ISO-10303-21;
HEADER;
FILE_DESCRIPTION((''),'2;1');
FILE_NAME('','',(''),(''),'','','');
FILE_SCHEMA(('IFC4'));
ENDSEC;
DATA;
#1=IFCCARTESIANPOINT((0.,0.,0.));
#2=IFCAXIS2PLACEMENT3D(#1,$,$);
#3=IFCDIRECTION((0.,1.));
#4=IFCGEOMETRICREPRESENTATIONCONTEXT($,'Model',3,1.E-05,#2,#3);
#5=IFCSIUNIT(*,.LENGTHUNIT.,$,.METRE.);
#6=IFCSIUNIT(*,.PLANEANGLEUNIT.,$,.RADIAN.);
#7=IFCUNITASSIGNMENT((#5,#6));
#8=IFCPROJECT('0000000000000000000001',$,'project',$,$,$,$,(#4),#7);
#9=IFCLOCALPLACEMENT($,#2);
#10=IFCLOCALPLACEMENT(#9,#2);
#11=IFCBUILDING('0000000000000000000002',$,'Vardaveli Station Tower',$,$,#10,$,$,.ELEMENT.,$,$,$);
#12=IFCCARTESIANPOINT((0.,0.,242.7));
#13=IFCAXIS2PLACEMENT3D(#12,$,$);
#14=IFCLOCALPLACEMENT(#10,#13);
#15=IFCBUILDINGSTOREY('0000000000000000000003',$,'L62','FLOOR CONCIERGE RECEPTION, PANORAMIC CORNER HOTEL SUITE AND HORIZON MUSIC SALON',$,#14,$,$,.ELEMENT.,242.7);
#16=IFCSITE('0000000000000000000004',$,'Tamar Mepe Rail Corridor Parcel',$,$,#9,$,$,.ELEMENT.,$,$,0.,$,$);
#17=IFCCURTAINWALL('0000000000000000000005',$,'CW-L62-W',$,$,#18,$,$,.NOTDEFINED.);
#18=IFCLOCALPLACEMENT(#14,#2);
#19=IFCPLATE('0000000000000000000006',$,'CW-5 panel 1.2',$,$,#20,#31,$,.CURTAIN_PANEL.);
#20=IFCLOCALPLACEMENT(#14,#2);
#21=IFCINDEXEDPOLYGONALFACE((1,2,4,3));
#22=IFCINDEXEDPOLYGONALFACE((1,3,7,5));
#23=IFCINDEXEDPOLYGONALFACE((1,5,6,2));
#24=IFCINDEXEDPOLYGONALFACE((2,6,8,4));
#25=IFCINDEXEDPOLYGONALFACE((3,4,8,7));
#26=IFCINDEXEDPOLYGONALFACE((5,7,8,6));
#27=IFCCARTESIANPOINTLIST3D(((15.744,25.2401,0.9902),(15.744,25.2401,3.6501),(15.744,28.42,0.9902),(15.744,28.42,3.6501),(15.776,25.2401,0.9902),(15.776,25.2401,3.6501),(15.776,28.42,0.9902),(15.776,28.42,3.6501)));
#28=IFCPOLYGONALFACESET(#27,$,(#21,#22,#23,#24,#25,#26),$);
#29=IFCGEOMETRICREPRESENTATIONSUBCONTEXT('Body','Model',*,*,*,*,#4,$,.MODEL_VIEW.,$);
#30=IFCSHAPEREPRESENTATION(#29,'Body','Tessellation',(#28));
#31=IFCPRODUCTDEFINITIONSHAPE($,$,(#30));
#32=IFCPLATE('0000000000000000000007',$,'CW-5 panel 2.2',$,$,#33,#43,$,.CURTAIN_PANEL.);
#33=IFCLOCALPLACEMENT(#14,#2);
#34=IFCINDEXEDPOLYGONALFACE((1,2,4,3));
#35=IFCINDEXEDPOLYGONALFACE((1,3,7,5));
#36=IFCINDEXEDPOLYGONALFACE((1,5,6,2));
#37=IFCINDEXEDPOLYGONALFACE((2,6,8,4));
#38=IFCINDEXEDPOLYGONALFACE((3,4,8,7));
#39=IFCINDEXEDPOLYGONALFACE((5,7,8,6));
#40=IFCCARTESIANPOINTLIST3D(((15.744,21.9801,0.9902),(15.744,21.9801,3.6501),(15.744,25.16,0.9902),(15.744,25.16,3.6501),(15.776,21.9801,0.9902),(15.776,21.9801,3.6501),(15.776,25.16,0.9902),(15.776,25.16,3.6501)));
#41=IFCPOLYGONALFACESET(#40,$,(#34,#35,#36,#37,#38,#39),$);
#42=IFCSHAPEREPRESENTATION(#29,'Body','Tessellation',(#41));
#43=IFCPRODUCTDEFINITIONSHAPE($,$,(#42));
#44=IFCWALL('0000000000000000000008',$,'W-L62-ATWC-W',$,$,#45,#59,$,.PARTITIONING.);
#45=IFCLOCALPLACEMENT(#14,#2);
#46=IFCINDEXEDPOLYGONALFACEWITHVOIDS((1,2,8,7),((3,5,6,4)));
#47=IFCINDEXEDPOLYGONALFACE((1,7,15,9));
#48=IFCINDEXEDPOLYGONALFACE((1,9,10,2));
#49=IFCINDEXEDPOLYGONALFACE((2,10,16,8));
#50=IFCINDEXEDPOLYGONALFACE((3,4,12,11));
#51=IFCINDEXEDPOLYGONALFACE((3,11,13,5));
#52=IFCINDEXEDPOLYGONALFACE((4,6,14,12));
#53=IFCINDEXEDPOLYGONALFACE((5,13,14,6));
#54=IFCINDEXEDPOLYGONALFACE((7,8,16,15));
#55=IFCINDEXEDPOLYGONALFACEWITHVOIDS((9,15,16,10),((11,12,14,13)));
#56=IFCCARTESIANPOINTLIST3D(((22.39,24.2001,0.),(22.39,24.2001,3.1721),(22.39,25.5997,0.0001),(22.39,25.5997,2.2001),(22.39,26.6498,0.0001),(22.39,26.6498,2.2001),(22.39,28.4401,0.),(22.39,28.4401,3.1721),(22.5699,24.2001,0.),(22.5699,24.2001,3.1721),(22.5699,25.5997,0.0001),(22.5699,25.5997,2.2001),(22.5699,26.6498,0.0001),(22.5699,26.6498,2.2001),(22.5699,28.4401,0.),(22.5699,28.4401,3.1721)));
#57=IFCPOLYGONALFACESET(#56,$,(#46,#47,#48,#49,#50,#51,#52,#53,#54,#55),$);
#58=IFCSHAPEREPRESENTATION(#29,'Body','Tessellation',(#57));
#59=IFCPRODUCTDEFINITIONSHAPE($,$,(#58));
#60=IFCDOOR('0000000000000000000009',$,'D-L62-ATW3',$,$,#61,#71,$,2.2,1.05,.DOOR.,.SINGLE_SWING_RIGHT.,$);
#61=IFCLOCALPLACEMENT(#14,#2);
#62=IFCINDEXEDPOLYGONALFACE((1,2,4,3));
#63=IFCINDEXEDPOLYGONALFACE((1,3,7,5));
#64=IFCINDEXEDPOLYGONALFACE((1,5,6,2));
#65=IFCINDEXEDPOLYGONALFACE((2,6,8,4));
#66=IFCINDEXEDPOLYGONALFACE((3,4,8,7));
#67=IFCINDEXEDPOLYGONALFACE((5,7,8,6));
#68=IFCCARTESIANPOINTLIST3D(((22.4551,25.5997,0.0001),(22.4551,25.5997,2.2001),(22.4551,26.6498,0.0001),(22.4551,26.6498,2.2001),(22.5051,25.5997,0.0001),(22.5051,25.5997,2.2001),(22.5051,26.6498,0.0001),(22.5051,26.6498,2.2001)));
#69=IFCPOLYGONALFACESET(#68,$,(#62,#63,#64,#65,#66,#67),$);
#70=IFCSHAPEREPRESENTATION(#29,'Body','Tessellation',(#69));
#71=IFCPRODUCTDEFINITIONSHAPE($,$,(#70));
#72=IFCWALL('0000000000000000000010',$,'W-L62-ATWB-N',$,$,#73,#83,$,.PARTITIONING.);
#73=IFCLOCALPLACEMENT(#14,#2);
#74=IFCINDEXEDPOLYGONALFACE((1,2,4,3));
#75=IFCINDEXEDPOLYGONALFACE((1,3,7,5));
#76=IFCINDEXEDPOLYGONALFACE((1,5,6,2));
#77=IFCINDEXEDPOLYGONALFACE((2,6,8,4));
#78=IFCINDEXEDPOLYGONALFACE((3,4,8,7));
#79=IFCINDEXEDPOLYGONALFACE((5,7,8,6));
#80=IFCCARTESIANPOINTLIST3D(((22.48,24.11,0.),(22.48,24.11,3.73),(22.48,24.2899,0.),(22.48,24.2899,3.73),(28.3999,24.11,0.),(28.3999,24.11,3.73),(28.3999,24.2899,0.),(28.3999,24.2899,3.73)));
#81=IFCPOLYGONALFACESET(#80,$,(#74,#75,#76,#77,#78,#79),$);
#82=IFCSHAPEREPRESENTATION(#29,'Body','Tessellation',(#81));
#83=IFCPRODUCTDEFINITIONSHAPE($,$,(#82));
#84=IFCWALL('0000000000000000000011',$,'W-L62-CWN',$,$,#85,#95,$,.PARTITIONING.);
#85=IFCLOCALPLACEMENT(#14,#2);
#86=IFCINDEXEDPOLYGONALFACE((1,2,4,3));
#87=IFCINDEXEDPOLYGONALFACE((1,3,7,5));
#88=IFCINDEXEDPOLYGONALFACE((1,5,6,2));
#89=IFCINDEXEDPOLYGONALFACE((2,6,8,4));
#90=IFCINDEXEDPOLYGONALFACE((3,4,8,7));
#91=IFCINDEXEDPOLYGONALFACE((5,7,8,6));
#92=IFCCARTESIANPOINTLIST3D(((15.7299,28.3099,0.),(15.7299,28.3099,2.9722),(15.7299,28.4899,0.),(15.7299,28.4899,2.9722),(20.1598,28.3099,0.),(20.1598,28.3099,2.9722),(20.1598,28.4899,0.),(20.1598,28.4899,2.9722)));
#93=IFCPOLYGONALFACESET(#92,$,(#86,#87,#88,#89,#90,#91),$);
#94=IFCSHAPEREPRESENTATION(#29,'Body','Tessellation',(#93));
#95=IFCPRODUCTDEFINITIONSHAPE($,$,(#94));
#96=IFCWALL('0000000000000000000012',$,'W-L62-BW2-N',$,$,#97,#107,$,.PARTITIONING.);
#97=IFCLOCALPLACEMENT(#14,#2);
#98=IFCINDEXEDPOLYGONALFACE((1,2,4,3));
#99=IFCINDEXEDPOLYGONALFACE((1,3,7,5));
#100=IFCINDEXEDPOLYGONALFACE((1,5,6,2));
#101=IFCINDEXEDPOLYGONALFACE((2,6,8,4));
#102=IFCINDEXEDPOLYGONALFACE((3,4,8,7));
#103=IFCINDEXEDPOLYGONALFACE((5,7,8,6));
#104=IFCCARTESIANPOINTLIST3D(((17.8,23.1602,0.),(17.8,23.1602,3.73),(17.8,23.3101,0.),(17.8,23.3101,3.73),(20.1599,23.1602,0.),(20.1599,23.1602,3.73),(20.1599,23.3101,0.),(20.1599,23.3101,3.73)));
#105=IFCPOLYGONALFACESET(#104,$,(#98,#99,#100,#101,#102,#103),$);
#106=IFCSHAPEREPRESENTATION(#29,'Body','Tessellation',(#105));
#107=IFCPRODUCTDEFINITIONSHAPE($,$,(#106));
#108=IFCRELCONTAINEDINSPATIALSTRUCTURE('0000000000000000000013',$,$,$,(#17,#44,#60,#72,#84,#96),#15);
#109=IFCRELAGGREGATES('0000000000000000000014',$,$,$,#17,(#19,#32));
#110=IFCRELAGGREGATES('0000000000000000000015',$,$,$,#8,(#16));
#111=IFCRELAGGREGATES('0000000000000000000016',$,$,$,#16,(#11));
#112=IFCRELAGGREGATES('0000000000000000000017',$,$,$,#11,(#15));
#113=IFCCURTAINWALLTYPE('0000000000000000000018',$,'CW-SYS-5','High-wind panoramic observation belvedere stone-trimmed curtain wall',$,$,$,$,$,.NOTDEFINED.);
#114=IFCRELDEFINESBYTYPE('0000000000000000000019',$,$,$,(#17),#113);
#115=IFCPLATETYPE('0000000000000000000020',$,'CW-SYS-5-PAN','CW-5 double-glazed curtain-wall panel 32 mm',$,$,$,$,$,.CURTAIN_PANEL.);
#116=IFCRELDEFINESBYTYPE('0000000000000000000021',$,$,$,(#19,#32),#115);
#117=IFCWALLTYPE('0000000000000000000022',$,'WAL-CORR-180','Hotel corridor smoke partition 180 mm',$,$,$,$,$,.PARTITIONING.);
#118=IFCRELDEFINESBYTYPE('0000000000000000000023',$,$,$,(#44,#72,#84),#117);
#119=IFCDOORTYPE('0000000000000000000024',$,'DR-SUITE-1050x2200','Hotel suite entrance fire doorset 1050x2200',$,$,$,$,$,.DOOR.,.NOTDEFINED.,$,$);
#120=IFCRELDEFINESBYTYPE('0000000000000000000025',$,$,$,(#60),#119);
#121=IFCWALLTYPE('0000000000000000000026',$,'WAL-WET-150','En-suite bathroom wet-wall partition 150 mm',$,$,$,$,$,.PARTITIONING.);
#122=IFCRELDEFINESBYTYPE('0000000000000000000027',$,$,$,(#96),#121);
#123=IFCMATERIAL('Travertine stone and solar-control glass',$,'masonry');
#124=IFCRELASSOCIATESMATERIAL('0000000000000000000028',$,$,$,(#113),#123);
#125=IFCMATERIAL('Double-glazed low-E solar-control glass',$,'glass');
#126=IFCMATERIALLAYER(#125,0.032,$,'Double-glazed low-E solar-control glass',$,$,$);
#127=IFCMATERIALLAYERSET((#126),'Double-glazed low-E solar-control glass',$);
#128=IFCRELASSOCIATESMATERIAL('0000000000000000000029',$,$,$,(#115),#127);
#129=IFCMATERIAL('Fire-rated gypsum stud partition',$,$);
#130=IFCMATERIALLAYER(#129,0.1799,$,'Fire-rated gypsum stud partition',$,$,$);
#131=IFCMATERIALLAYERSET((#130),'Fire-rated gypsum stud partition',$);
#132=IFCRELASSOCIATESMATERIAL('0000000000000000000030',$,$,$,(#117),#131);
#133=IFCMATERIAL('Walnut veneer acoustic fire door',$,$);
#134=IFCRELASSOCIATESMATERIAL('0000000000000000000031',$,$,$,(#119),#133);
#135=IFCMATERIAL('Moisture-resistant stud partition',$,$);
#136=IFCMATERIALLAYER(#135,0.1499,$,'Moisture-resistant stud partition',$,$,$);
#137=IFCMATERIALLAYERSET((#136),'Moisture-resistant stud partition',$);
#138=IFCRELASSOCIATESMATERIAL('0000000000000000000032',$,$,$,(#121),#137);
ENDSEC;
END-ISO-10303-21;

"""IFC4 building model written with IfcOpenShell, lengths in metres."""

from ifc_helpers import new_model, si_unit, direction, frame, frame_2d, origin, origin_2d, place, context, subcontext, project, spatial, rectangle, extrude, source, transform, mapped, material, layer, layer_set, type_object, element, fill, aggregate, save


model = new_model("IFC4")

# Units and contexts
model_context = context("Model", 3, precision=1e-05, world=origin(), true_north=direction((0.0, 1.0)))
body_context = subcontext(model_context, "Body", "Model", "MODEL_VIEW")
ifc_project = project(units=[si_unit("LENGTHUNIT", "METRE"), si_unit("PLANEANGLEUNIT", "RADIAN")], contexts=[model_context])

# Site, building, storey
site_placement = place(None, origin())
site = spatial("IfcSite", under=ifc_project, at=site_placement, Name="Tamar Mepe Rail Corridor Parcel", CompositionType="ELEMENT", RefElevation=0.0)
building_placement = place(site_placement, origin())
building = spatial("IfcBuilding", under=site, at=building_placement, Name="Vardaveli Station Tower", CompositionType="ELEMENT")
storey_placement = place(building_placement, frame((0.0, 0.0, 242.7)))
storey = spatial("IfcBuildingStorey", under=building, at=storey_placement, Name="L62", Description="FLOOR CONCIERGE RECEPTION, PANORAMIC CORNER HOTEL SUITE AND HORIZON MUSIC SALON", CompositionType="ELEMENT", Elevation=242.7)

# Curtain wall, plates
ifc_material_1 = material(Name="Travertine stone and solar-control glass", Category="masonry")
curtain_wall_type = type_object("IfcCurtainWallType", Name="CW-SYS-5", Description="High-wind panoramic observation belvedere stone-trimmed curtain wall", PredefinedType="NOTDEFINED", material=ifc_material_1)
curtain_wall_placement = place(storey_placement, origin())
curtain_wall = element("IfcCurtainWall", 1, at=curtain_wall_placement, inside=storey, type_object=curtain_wall_type, Name="CW-L62-W", PredefinedType="NOTDEFINED")
ifc_material_2 = material(Name="Double-glazed low-E solar-control glass", Category="glass")
ifc_layer_1 = layer(ifc_material_2, 0.032, Name="Double-glazed low-E solar-control glass")
ifc_layer_set_1 = layer_set([ifc_layer_1], Name="Double-glazed low-E solar-control glass")
plate_type = type_object("IfcPlateType", Name="CW-SYS-5-PAN", Description="CW-5 double-glazed curtain-wall panel 32 mm", PredefinedType="CURTAIN_PANEL", material=ifc_layer_set_1)
shared_shape_1 = source(origin(), body_context, "Body", "SweptSolid", [
    extrude(rectangle(XDim=3.1799, YDim=0.032, at=origin_2d()), origin(), (0.0, 0.0, 1.0), 2.6599),
])
plate_1_placement = place(storey_placement, frame((15.76, 26.8301, 0.9902), z_axis=(0.0, 0.0, 1.0), x_axis=(0.0, -1.0, 0.0)))
plate_1 = element("IfcPlate", 2, at=plate_1_placement, type_object=plate_type, Name="CW-5 panel 1.2", PredefinedType="CURTAIN_PANEL", context=body_context, shape_type="MappedRepresentation", body=[
    mapped(shared_shape_1, transform((0.0, 0.0, 0.0), scale=1.0)),
])
plate_2_placement = place(storey_placement, frame((15.76, 23.5701, 0.9902), z_axis=(0.0, 0.0, 1.0), x_axis=(0.0, -1.0, 0.0)))
plate_2 = element("IfcPlate", 3, at=plate_2_placement, type_object=plate_type, Name="CW-5 panel 2.2", PredefinedType="CURTAIN_PANEL", context=body_context, shape_type="MappedRepresentation", body=[
    mapped(shared_shape_1, transform((0.0, 0.0, 0.0), scale=1.0)),
])
aggregate(curtain_wall, [plate_1, plate_2])

# Wall, opening, door
ifc_material_3 = material(Name="Fire-rated gypsum stud partition")
ifc_layer_2 = layer(ifc_material_3, 0.1799, Name="Fire-rated gypsum stud partition")
ifc_layer_set_2 = layer_set([ifc_layer_2], Name="Fire-rated gypsum stud partition")
wall_type_1 = type_object("IfcWallType", Name="WAL-CORR-180", Description="Hotel corridor smoke partition 180 mm", PredefinedType="PARTITIONING", material=ifc_layer_set_2)
shared_shape_2 = source(origin(), body_context, "Body", "SweptSolid", [
    extrude(rectangle(XDim=4.24, YDim=0.1799, at=frame_2d((2.1201, 0.0))), origin(), (0.0, 0.0, 1.0), 3.1721),
])
wall_1_placement = place(storey_placement, frame((22.48, 24.2, 0.0), z_axis=(0.0, 0.0, 1.0), x_axis=(0.0, 1.0, 0.0)))
wall_1 = element("IfcWall", 4, at=wall_1_placement, inside=storey, type_object=wall_type_1, Name="W-L62-ATWC-W", PredefinedType="PARTITIONING", context=body_context, shape_type="MappedRepresentation", body=[
    mapped(shared_shape_2, transform((0.0, 0.0, 0.0), scale=1.0)),
])
shared_shape_3 = source(origin(), body_context, "Body", "SweptSolid", [
    extrude(rectangle(XDim=1.05, YDim=2.2, at=frame_2d((0.5249, 1.1001))), frame((0.0, 0.1001, 0.0), z_axis=(0.0, -1.0, 0.0), x_axis=(1.0, 0.0, 0.0)), (0.0, 0.0, 1.0), 0.2),
])
opening_placement = place(wall_1_placement, frame((1.3999, 0.0, 0.0)))
opening = element("IfcOpeningElement", 5, at=opening_placement, cuts=wall_1, PredefinedType="OPENING", context=body_context, shape_type="MappedRepresentation", body=[
    mapped(shared_shape_3, transform((0.0, 0.0, 0.0), scale=1.0)),
])
ifc_material_4 = material(Name="Walnut veneer acoustic fire door")
door_type = type_object("IfcDoorType", Name="DR-SUITE-1050x2200", Description="Hotel suite entrance fire doorset 1050x2200", OperationType="NOTDEFINED", PredefinedType="DOOR", material=ifc_material_4)
shared_shape_4 = source(origin(), body_context, "Body", "SweptSolid", [
    extrude(rectangle(XDim=1.05, YDim=2.2, at=frame_2d((0.5249, 1.1001))), frame((0.0, 0.0249, 0.0), z_axis=(0.0, -1.0, 0.0), x_axis=(1.0, 0.0, 0.0)), (0.0, 0.0, 1.0), 0.05),
])
door_placement = place(opening_placement, origin())
door = element("IfcDoor", 6, at=door_placement, inside=storey, type_object=door_type, Name="D-L62-ATW3", OperationType="SINGLE_SWING_RIGHT", OverallHeight=2.2, OverallWidth=1.05, PredefinedType="DOOR", context=body_context, shape_type="MappedRepresentation", body=[
    mapped(shared_shape_4, transform((0.0, 0.0, 0.0), scale=1.0)),
])
fill(opening, door)

# Walls
shared_shape_5 = source(origin(), body_context, "Body", "SweptSolid", [
    extrude(rectangle(XDim=5.9199, YDim=0.1799, at=frame_2d((2.96, 0.0))), origin(), (0.0, 0.0, 1.0), 3.73),
])
wall_2_placement = place(storey_placement, frame((22.48, 24.2, 0.0), z_axis=(0.0, 0.0, 1.0), x_axis=(1.0, 0.0, 0.0)))
element("IfcWall", 7, at=wall_2_placement, inside=storey, type_object=wall_type_1, Name="W-L62-ATWB-N", PredefinedType="PARTITIONING", context=body_context, shape_type="MappedRepresentation", body=[
    mapped(shared_shape_5, transform((0.0, 0.0, 0.0), scale=1.0)),
])
shared_shape_6 = source(origin(), body_context, "Body", "SweptSolid", [
    extrude(rectangle(XDim=4.4299, YDim=0.1799, at=frame_2d((2.2148, 0.0))), origin(), (0.0, 0.0, 1.0), 2.9722),
])
wall_3_placement = place(storey_placement, frame((15.73, 28.3999, 0.0), z_axis=(0.0, 0.0, 1.0), x_axis=(1.0, 0.0, 0.0)))
element("IfcWall", 8, at=wall_3_placement, inside=storey, type_object=wall_type_1, Name="W-L62-CWN", PredefinedType="PARTITIONING", context=body_context, shape_type="MappedRepresentation", body=[
    mapped(shared_shape_6, transform((0.0, 0.0, 0.0), scale=1.0)),
])
ifc_material_5 = material(Name="Moisture-resistant stud partition")
ifc_layer_3 = layer(ifc_material_5, 0.1499, Name="Moisture-resistant stud partition")
ifc_layer_set_3 = layer_set([ifc_layer_3], Name="Moisture-resistant stud partition")
wall_type_2 = type_object("IfcWallType", Name="WAL-WET-150", Description="En-suite bathroom wet-wall partition 150 mm", PredefinedType="PARTITIONING", material=ifc_layer_set_3)
shared_shape_7 = source(origin(), body_context, "Body", "SweptSolid", [
    extrude(rectangle(XDim=2.3599, YDim=0.1499, at=frame_2d((1.1799, 0.0))), origin(), (0.0, 0.0, 1.0), 3.73),
])
wall_4_placement = place(storey_placement, frame((17.8, 23.2351, 0.0), z_axis=(0.0, 0.0, 1.0), x_axis=(1.0, 0.0, 0.0)))
element("IfcWall", 9, at=wall_4_placement, inside=storey, type_object=wall_type_2, Name="W-L62-BW2-N", PredefinedType="PARTITIONING", context=body_context, shape_type="MappedRepresentation", body=[
    mapped(shared_shape_7, transform((0.0, 0.0, 0.0), scale=1.0)),
])

save(model, "model.ifc")
